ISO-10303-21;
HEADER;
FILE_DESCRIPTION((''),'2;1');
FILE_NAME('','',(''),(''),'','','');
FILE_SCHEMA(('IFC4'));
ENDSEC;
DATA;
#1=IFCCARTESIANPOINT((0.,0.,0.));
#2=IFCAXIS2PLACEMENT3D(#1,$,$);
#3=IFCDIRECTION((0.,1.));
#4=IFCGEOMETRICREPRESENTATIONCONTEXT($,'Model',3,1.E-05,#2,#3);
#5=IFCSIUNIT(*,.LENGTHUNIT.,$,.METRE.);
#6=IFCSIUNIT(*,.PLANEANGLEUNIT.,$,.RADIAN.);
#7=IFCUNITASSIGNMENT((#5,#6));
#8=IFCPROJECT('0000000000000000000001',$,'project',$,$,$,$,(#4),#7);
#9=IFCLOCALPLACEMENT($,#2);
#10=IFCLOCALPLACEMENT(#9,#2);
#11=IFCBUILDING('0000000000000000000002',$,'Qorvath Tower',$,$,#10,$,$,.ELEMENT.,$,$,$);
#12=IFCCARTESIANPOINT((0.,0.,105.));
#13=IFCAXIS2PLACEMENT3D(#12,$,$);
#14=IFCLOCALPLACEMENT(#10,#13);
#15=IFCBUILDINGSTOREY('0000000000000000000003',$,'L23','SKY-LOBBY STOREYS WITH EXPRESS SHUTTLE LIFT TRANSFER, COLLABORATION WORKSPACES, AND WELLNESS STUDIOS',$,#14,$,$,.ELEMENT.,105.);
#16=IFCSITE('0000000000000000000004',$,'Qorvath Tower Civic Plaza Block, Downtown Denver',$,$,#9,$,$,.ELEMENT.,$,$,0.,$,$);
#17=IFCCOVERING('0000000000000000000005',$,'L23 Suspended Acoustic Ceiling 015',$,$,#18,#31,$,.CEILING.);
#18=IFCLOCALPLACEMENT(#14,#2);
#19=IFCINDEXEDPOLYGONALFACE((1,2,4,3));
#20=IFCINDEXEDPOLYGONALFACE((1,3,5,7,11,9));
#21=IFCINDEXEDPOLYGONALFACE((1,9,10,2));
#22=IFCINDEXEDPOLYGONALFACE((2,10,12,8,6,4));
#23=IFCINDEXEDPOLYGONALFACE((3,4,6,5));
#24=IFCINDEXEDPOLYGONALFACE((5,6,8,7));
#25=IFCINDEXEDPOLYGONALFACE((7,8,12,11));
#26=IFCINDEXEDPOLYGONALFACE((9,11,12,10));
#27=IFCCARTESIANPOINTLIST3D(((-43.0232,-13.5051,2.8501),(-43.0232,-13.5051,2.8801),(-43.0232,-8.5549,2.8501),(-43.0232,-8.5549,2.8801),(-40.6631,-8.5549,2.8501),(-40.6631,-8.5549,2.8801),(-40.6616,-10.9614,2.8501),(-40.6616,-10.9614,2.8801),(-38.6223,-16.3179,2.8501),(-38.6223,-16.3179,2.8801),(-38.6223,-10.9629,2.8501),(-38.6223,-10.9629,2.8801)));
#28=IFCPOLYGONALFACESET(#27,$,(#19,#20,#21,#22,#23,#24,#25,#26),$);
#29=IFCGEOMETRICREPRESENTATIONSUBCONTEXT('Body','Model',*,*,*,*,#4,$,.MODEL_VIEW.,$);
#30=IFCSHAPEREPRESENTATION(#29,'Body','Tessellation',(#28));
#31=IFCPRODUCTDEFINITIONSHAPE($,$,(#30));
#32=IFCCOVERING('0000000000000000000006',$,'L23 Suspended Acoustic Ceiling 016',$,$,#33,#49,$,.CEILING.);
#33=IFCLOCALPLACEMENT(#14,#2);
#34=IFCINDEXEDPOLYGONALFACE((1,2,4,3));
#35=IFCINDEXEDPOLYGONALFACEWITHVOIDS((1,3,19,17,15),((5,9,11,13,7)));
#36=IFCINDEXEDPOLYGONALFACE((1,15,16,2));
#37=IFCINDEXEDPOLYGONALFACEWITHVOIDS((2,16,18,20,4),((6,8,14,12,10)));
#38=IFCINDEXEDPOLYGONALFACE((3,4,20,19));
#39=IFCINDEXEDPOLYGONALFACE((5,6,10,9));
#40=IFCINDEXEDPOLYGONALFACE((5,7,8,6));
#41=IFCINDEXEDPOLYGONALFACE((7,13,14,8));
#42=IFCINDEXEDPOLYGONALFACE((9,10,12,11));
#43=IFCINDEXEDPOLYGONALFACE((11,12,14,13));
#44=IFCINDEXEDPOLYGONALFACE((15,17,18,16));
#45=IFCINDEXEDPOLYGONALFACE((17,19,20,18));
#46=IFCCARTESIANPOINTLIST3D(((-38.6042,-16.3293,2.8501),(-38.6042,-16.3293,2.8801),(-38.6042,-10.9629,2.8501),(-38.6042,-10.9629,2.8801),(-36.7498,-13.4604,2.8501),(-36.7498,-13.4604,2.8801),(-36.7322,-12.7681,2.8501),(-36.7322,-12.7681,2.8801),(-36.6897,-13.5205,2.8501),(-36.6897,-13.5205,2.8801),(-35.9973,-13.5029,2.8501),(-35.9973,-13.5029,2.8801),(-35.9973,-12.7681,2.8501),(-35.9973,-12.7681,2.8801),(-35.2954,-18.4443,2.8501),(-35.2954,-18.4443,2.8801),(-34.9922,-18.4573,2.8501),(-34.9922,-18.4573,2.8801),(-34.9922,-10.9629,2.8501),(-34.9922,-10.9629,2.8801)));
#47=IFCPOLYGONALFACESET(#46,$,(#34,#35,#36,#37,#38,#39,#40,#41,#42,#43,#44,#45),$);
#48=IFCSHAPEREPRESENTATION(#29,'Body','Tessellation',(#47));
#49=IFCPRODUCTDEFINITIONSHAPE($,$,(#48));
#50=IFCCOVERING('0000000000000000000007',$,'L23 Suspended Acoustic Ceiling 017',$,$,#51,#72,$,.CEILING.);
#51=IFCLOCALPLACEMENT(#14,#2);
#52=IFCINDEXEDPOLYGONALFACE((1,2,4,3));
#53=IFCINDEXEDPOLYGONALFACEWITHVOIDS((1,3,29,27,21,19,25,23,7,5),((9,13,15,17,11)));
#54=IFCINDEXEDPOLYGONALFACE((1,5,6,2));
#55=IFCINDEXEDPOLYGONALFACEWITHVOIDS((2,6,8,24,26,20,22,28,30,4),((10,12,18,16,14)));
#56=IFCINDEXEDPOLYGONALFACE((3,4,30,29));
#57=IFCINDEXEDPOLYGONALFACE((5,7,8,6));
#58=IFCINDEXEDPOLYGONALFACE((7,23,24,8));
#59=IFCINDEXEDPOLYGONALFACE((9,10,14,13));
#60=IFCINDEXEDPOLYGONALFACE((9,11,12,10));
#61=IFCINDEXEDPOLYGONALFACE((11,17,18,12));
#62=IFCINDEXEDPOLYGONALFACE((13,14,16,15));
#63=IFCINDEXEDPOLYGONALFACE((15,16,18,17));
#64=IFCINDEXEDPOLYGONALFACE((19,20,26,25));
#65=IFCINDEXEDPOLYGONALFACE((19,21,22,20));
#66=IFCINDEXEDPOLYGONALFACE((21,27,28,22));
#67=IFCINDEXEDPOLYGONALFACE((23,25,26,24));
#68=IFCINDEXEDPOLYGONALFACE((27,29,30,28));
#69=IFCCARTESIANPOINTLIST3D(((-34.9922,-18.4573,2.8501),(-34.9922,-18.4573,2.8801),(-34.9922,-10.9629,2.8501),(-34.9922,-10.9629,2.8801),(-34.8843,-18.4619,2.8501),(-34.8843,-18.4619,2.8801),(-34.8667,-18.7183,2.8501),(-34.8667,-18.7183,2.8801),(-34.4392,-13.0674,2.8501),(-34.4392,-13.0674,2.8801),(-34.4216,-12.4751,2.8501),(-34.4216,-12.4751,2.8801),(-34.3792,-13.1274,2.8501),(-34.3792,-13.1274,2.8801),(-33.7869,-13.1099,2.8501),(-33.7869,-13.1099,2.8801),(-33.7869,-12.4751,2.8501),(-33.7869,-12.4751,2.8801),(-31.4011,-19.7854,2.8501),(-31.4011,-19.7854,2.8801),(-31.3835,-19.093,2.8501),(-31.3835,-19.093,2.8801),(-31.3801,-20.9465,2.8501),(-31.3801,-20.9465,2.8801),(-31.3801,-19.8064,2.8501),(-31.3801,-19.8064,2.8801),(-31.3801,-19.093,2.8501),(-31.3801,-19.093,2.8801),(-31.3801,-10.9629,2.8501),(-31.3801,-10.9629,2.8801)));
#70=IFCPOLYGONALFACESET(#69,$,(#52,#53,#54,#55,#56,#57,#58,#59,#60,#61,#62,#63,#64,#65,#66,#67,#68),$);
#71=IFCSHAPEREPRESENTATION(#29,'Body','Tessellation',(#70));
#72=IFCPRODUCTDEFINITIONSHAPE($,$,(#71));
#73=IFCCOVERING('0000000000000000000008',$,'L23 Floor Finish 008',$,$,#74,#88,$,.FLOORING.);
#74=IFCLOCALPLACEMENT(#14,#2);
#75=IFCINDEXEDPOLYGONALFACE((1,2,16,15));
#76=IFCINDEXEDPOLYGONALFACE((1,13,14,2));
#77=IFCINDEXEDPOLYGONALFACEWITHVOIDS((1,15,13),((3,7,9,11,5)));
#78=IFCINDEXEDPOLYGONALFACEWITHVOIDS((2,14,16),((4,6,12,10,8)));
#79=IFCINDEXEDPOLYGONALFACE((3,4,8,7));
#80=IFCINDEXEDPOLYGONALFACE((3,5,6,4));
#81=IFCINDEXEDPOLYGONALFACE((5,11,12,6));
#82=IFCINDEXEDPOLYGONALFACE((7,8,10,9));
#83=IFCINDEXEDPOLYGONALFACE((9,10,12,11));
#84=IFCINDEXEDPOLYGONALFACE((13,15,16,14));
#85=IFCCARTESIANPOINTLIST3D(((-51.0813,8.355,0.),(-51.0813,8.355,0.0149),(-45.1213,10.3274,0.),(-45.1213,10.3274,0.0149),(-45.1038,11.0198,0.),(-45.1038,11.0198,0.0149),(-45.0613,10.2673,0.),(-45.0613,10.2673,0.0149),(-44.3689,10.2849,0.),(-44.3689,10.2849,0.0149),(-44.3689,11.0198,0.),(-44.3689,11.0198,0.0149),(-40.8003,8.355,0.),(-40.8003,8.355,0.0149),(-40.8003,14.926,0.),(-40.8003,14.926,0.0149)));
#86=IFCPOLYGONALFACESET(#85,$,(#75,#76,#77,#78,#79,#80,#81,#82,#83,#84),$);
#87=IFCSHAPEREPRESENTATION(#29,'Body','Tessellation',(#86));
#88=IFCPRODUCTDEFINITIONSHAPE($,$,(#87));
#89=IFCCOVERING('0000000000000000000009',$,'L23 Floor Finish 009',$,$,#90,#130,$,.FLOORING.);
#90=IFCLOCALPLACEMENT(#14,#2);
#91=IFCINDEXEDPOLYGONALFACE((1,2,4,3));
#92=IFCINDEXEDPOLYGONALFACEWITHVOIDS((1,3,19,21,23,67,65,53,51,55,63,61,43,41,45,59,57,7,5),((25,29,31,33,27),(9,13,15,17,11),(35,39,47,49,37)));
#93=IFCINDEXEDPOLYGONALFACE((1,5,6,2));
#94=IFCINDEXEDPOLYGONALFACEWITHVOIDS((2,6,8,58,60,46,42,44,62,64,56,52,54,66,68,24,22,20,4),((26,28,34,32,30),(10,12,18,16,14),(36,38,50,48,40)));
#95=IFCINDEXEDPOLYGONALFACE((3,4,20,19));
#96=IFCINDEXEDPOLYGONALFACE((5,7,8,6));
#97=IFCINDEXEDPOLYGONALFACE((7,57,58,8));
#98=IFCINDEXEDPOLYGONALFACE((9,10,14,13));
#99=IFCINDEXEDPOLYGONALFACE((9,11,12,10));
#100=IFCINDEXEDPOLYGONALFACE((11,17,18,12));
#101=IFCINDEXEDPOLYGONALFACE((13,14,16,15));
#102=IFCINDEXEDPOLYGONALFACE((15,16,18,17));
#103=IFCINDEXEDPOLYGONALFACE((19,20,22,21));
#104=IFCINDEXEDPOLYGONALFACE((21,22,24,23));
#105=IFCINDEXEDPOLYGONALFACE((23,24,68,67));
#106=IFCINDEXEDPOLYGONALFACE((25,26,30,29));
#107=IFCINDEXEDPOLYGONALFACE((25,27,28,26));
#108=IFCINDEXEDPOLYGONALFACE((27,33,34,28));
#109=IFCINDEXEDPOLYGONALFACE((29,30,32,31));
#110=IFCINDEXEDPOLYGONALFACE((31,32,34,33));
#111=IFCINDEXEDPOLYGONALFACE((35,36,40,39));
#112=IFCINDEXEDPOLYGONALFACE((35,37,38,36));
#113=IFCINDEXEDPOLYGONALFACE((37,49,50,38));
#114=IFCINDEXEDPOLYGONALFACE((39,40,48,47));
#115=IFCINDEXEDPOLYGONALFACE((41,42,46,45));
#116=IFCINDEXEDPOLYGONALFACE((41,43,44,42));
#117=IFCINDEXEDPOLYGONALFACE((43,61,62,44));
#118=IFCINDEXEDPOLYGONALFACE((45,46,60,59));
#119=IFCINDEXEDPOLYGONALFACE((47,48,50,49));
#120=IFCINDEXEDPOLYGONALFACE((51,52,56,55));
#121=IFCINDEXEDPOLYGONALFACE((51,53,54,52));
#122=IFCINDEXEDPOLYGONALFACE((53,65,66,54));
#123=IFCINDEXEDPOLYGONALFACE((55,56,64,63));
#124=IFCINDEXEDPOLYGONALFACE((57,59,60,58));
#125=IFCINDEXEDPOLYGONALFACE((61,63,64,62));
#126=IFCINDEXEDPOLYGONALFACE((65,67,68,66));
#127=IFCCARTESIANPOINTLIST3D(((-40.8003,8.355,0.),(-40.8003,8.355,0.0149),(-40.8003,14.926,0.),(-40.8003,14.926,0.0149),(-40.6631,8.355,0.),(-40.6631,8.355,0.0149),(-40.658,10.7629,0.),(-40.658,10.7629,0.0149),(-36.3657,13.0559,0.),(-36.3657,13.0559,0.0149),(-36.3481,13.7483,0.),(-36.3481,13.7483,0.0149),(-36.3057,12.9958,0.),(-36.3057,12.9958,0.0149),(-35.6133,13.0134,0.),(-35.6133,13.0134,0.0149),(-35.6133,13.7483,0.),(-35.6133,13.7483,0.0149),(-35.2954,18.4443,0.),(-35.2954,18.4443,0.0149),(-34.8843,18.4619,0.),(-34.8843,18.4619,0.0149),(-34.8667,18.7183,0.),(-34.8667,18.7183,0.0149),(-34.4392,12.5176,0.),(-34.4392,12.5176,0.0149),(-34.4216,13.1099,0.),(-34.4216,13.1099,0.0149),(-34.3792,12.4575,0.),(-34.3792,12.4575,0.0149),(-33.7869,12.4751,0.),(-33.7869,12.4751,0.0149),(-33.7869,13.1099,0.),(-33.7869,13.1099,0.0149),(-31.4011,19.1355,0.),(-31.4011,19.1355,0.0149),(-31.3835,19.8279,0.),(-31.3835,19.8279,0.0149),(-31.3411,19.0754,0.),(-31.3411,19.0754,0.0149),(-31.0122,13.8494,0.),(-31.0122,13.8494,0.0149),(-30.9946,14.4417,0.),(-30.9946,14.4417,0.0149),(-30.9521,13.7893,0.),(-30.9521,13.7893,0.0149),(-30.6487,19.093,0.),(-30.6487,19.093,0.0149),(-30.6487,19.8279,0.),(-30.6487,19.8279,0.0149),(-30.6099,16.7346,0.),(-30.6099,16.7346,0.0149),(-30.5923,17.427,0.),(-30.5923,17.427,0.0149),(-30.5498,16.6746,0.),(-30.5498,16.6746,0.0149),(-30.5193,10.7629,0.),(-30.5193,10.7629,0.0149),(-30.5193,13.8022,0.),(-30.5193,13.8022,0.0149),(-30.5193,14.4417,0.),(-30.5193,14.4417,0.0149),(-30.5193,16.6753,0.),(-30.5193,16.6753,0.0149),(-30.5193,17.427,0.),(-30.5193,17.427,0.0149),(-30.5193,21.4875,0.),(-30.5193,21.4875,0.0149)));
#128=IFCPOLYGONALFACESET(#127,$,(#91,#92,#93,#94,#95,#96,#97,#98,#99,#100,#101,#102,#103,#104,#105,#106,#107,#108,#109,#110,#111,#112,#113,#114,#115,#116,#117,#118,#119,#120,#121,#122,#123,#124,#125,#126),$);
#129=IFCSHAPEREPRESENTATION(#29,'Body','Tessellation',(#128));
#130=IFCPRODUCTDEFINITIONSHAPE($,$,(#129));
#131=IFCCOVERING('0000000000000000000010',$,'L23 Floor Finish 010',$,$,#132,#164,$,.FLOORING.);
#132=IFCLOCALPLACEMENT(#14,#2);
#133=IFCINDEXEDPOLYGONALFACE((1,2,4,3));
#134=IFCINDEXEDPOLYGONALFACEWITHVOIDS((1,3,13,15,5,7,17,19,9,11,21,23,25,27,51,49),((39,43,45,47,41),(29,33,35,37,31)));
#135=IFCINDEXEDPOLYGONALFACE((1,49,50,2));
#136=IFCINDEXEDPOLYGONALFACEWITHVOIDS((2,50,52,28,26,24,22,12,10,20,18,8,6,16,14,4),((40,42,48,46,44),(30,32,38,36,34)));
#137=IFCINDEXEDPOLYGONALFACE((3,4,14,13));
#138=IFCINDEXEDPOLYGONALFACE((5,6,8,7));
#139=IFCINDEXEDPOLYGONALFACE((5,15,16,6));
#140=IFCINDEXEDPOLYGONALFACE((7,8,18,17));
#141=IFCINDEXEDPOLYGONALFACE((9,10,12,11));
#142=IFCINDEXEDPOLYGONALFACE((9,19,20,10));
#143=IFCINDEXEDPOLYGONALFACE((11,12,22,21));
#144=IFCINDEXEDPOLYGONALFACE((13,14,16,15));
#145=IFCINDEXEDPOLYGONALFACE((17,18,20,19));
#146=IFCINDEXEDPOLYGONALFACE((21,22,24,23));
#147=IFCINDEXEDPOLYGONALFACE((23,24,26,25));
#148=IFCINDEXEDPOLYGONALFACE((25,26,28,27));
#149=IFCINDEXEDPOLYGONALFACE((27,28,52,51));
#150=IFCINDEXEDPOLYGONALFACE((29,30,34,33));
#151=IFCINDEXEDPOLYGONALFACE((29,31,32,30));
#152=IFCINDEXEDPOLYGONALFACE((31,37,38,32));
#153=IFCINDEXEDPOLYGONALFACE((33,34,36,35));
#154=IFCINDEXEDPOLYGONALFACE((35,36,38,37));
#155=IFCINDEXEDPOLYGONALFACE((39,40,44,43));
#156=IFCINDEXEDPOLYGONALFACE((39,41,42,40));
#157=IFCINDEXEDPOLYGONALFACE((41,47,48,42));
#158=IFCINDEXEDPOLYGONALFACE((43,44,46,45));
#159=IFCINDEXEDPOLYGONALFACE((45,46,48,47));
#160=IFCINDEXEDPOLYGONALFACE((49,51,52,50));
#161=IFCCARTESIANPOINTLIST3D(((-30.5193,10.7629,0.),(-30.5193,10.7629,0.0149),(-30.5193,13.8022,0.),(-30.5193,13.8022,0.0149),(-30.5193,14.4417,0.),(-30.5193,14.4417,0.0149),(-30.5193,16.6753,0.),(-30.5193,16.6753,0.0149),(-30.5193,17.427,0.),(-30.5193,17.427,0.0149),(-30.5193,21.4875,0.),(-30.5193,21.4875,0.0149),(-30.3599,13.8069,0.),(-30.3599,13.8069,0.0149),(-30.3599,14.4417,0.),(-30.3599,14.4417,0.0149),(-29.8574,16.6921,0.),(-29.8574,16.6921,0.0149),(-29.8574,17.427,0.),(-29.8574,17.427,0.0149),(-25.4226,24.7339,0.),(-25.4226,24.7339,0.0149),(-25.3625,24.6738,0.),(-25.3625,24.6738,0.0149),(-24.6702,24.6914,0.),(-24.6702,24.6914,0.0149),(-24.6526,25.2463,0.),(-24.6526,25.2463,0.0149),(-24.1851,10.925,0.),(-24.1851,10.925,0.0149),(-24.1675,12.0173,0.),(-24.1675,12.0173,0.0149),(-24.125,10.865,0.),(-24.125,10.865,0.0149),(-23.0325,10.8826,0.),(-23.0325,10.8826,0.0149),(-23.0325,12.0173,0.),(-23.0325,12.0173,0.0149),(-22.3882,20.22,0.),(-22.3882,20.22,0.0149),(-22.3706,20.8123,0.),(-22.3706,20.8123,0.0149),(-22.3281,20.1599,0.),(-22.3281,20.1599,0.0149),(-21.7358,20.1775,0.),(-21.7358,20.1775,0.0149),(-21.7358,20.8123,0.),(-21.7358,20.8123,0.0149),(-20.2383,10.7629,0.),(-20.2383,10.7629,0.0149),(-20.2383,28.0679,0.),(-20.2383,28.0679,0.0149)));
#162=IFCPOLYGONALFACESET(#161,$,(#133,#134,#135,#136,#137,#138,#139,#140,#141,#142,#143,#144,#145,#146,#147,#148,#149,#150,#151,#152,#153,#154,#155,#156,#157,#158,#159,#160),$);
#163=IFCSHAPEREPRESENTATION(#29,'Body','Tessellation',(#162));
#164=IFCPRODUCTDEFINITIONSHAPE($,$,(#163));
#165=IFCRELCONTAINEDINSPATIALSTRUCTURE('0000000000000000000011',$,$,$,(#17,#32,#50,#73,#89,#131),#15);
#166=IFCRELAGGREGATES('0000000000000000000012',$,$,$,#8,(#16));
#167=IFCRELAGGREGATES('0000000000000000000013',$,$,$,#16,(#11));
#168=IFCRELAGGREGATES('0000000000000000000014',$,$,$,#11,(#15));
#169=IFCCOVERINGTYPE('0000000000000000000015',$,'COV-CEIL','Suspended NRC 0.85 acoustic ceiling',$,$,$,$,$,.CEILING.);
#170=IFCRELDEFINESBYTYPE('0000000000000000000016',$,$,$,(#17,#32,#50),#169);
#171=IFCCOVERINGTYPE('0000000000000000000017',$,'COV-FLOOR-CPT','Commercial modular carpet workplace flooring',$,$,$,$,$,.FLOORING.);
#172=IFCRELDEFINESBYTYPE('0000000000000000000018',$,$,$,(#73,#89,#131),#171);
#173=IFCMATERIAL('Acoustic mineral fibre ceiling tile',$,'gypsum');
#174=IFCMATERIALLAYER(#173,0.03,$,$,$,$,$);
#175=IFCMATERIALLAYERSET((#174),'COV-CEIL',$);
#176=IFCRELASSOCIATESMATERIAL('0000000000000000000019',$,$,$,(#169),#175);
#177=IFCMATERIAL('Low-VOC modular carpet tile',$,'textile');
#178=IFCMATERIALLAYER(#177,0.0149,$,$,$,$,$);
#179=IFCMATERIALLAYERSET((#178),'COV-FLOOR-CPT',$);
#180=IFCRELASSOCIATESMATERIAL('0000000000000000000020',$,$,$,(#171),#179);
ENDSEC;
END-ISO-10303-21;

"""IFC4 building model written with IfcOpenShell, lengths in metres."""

from ifc_helpers import new_model, si_unit, direction, frame, origin, place, context, subcontext, project, spatial, polyline, outline, extrude, material, layer, layer_set, type_object, element, save


model = new_model("IFC4")

# Units and contexts
model_context = context("Model", 3, precision=1e-05, world=origin(), true_north=direction((0.0, 1.0)))
body_context = subcontext(model_context, "Body", "Model", "MODEL_VIEW")
ifc_project = project(units=[si_unit("LENGTHUNIT", "METRE"), si_unit("PLANEANGLEUNIT", "RADIAN")], contexts=[model_context])

# Site, building, storey
site_placement = place(None, origin())
site = spatial("IfcSite", under=ifc_project, at=site_placement, Name="Qorvath Tower Civic Plaza Block, Downtown Denver", CompositionType="ELEMENT", RefElevation=0.0)
building_placement = place(site_placement, origin())
building = spatial("IfcBuilding", under=site, at=building_placement, Name="Qorvath Tower", CompositionType="ELEMENT")
storey_placement = place(building_placement, frame((0.0, 0.0, 105.0)))
storey = spatial("IfcBuildingStorey", under=building, at=storey_placement, Name="L23", Description="SKY-LOBBY STOREYS WITH EXPRESS SHUTTLE LIFT TRANSFER, COLLABORATION WORKSPACES, AND WELLNESS STUDIOS", CompositionType="ELEMENT", Elevation=105.0)

# Coverings
ifc_material_1 = material(Name="Acoustic mineral fibre ceiling tile", Category="gypsum")
ifc_layer_1 = layer(ifc_material_1, 0.03)
ifc_layer_set_1 = layer_set([ifc_layer_1], Name="COV-CEIL")
covering_type_1 = type_object("IfcCoveringType", Name="COV-CEIL", Description="Suspended NRC 0.85 acoustic ceiling", PredefinedType="CEILING", material=ifc_layer_set_1)
covering_1_placement = place(storey_placement, frame((0.0, 0.0, 2.8501)))
element("IfcCovering", 1, at=covering_1_placement, inside=storey, type_object=covering_type_1, Name="L23 Suspended Acoustic Ceiling 015", PredefinedType="CEILING", context=body_context, shape_type="SweptSolid", body=[
    extrude(outline(polyline([(-40.6616, -10.9614), (-40.6631, -8.5549), (-43.0232, -8.5549), (-43.0232, -13.5051), (-38.6223, -16.3179), (-38.6223, -10.9629), (-40.6616, -10.9614)])), origin(), (0.0, 0.0, 1.0), 0.03),
])
covering_2_placement = place(storey_placement, frame((0.0, 0.0, 2.8501)))
element("IfcCovering", 2, at=covering_2_placement, inside=storey, type_object=covering_type_1, Name="L23 Suspended Acoustic Ceiling 016", PredefinedType="CEILING", context=body_context, shape_type="SweptSolid", body=[
    extrude(outline(polyline([(-38.6042, -10.9629), (-38.6042, -16.3293), (-35.2954, -18.4443), (-34.9922, -18.4573), (-34.9922, -10.9629), (-38.6042, -10.9629)]), holes=[polyline([(-36.7498, -13.4604), (-36.7322, -12.7681), (-35.9973, -12.7681), (-35.9973, -13.5029), (-36.6897, -13.5205), (-36.7498, -13.4604)])]), origin(), (0.0, 0.0, 1.0), 0.03),
])
covering_3_placement = place(storey_placement, frame((0.0, 0.0, 2.8501)))
element("IfcCovering", 3, at=covering_3_placement, inside=storey, type_object=covering_type_1, Name="L23 Suspended Acoustic Ceiling 017", PredefinedType="CEILING", context=body_context, shape_type="SweptSolid", body=[
    extrude(outline(polyline([(-34.9922, -10.9629), (-34.9922, -18.4573), (-34.8843, -18.4619), (-34.8667, -18.7183), (-31.3801, -20.9465), (-31.3801, -19.8064), (-31.4011, -19.7854), (-31.3835, -19.093), (-31.3801, -19.093), (-31.3801, -10.9629), (-34.9922, -10.9629)]), holes=[polyline([(-34.4392, -13.0674), (-34.4216, -12.4751), (-33.7869, -12.4751), (-33.7869, -13.1099), (-34.3792, -13.1274), (-34.4392, -13.0674)])]), origin(), (0.0, 0.0, 1.0), 0.03),
])
ifc_material_2 = material(Name="Low-VOC modular carpet tile", Category="textile")
ifc_layer_2 = layer(ifc_material_2, 0.0149)
ifc_layer_set_2 = layer_set([ifc_layer_2], Name="COV-FLOOR-CPT")
covering_type_2 = type_object("IfcCoveringType", Name="COV-FLOOR-CPT", Description="Commercial modular carpet workplace flooring", PredefinedType="FLOORING", material=ifc_layer_set_2)
covering_4_placement = place(storey_placement, origin())
element("IfcCovering", 4, at=covering_4_placement, inside=storey, type_object=covering_type_2, Name="L23 Floor Finish 008", PredefinedType="FLOORING", context=body_context, shape_type="SweptSolid", body=[
    extrude(outline(polyline([(-40.8003, 8.355), (-40.8003, 14.926), (-51.0813, 8.355), (-40.8003, 8.355)]), holes=[polyline([(-45.1213, 10.3274), (-45.1038, 11.0198), (-44.3689, 11.0198), (-44.3689, 10.2849), (-45.0613, 10.2673), (-45.1213, 10.3274)])]), origin(), (0.0, 0.0, 1.0), 0.0149),
])
covering_5_placement = place(storey_placement, origin())
element("IfcCovering", 5, at=covering_5_placement, inside=storey, type_object=covering_type_2, Name="L23 Floor Finish 009", PredefinedType="FLOORING", context=body_context, shape_type="SweptSolid", body=[
    extrude(outline(polyline([(-30.5193, 10.7629), (-30.5193, 13.8022), (-30.9521, 13.7893), (-31.0122, 13.8494), (-30.9946, 14.4417), (-30.5193, 14.4417), (-30.5193, 16.6753), (-30.5498, 16.6746), (-30.6099, 16.7346), (-30.5923, 17.427), (-30.5193, 17.427), (-30.5193, 21.4875), (-34.8667, 18.7183), (-34.8843, 18.4619), (-35.2954, 18.4443), (-40.8003, 14.926), (-40.8003, 8.355), (-40.6631, 8.355), (-40.658, 10.7629), (-30.5193, 10.7629)]), holes=[polyline([(-31.4011, 19.1355), (-31.3835, 19.8279), (-30.6487, 19.8279), (-30.6487, 19.093), (-31.3411, 19.0754), (-31.4011, 19.1355)]), polyline([(-34.4392, 12.5176), (-34.4216, 13.1099), (-33.7869, 13.1099), (-33.7869, 12.4751), (-34.3792, 12.4575), (-34.4392, 12.5176)]), polyline([(-36.3657, 13.0559), (-36.3481, 13.7483), (-35.6133, 13.7483), (-35.6133, 13.0134), (-36.3057, 12.9958), (-36.3657, 13.0559)])]), origin(), (0.0, 0.0, 1.0), 0.0149),
])
covering_6_placement = place(storey_placement, origin())
element("IfcCovering", 6, at=covering_6_placement, inside=storey, type_object=covering_type_2, Name="L23 Floor Finish 010", PredefinedType="FLOORING", context=body_context, shape_type="SweptSolid", body=[
    extrude(outline(polyline([(-25.4226, 24.7339), (-30.5193, 21.4875), (-30.5193, 17.427), (-29.8574, 17.427), (-29.8574, 16.6921), (-30.5193, 16.6753), (-30.5193, 14.4417), (-30.3599, 14.4417), (-30.3599, 13.8069), (-30.5193, 13.8022), (-30.5193, 10.7629), (-20.2383, 10.7629), (-20.2383, 28.0679), (-24.6526, 25.2463), (-24.6702, 24.6914), (-25.3625, 24.6738), (-25.4226, 24.7339)]), holes=[polyline([(-22.3882, 20.22), (-22.3706, 20.8123), (-21.7358, 20.8123), (-21.7358, 20.1775), (-22.3281, 20.1599), (-22.3882, 20.22)]), polyline([(-24.1851, 10.925), (-24.1675, 12.0173), (-23.0325, 12.0173), (-23.0325, 10.8826), (-24.125, 10.865), (-24.1851, 10.925)])]), origin(), (0.0, 0.0, 1.0), 0.0149),
])

save(model, "model.ifc")
